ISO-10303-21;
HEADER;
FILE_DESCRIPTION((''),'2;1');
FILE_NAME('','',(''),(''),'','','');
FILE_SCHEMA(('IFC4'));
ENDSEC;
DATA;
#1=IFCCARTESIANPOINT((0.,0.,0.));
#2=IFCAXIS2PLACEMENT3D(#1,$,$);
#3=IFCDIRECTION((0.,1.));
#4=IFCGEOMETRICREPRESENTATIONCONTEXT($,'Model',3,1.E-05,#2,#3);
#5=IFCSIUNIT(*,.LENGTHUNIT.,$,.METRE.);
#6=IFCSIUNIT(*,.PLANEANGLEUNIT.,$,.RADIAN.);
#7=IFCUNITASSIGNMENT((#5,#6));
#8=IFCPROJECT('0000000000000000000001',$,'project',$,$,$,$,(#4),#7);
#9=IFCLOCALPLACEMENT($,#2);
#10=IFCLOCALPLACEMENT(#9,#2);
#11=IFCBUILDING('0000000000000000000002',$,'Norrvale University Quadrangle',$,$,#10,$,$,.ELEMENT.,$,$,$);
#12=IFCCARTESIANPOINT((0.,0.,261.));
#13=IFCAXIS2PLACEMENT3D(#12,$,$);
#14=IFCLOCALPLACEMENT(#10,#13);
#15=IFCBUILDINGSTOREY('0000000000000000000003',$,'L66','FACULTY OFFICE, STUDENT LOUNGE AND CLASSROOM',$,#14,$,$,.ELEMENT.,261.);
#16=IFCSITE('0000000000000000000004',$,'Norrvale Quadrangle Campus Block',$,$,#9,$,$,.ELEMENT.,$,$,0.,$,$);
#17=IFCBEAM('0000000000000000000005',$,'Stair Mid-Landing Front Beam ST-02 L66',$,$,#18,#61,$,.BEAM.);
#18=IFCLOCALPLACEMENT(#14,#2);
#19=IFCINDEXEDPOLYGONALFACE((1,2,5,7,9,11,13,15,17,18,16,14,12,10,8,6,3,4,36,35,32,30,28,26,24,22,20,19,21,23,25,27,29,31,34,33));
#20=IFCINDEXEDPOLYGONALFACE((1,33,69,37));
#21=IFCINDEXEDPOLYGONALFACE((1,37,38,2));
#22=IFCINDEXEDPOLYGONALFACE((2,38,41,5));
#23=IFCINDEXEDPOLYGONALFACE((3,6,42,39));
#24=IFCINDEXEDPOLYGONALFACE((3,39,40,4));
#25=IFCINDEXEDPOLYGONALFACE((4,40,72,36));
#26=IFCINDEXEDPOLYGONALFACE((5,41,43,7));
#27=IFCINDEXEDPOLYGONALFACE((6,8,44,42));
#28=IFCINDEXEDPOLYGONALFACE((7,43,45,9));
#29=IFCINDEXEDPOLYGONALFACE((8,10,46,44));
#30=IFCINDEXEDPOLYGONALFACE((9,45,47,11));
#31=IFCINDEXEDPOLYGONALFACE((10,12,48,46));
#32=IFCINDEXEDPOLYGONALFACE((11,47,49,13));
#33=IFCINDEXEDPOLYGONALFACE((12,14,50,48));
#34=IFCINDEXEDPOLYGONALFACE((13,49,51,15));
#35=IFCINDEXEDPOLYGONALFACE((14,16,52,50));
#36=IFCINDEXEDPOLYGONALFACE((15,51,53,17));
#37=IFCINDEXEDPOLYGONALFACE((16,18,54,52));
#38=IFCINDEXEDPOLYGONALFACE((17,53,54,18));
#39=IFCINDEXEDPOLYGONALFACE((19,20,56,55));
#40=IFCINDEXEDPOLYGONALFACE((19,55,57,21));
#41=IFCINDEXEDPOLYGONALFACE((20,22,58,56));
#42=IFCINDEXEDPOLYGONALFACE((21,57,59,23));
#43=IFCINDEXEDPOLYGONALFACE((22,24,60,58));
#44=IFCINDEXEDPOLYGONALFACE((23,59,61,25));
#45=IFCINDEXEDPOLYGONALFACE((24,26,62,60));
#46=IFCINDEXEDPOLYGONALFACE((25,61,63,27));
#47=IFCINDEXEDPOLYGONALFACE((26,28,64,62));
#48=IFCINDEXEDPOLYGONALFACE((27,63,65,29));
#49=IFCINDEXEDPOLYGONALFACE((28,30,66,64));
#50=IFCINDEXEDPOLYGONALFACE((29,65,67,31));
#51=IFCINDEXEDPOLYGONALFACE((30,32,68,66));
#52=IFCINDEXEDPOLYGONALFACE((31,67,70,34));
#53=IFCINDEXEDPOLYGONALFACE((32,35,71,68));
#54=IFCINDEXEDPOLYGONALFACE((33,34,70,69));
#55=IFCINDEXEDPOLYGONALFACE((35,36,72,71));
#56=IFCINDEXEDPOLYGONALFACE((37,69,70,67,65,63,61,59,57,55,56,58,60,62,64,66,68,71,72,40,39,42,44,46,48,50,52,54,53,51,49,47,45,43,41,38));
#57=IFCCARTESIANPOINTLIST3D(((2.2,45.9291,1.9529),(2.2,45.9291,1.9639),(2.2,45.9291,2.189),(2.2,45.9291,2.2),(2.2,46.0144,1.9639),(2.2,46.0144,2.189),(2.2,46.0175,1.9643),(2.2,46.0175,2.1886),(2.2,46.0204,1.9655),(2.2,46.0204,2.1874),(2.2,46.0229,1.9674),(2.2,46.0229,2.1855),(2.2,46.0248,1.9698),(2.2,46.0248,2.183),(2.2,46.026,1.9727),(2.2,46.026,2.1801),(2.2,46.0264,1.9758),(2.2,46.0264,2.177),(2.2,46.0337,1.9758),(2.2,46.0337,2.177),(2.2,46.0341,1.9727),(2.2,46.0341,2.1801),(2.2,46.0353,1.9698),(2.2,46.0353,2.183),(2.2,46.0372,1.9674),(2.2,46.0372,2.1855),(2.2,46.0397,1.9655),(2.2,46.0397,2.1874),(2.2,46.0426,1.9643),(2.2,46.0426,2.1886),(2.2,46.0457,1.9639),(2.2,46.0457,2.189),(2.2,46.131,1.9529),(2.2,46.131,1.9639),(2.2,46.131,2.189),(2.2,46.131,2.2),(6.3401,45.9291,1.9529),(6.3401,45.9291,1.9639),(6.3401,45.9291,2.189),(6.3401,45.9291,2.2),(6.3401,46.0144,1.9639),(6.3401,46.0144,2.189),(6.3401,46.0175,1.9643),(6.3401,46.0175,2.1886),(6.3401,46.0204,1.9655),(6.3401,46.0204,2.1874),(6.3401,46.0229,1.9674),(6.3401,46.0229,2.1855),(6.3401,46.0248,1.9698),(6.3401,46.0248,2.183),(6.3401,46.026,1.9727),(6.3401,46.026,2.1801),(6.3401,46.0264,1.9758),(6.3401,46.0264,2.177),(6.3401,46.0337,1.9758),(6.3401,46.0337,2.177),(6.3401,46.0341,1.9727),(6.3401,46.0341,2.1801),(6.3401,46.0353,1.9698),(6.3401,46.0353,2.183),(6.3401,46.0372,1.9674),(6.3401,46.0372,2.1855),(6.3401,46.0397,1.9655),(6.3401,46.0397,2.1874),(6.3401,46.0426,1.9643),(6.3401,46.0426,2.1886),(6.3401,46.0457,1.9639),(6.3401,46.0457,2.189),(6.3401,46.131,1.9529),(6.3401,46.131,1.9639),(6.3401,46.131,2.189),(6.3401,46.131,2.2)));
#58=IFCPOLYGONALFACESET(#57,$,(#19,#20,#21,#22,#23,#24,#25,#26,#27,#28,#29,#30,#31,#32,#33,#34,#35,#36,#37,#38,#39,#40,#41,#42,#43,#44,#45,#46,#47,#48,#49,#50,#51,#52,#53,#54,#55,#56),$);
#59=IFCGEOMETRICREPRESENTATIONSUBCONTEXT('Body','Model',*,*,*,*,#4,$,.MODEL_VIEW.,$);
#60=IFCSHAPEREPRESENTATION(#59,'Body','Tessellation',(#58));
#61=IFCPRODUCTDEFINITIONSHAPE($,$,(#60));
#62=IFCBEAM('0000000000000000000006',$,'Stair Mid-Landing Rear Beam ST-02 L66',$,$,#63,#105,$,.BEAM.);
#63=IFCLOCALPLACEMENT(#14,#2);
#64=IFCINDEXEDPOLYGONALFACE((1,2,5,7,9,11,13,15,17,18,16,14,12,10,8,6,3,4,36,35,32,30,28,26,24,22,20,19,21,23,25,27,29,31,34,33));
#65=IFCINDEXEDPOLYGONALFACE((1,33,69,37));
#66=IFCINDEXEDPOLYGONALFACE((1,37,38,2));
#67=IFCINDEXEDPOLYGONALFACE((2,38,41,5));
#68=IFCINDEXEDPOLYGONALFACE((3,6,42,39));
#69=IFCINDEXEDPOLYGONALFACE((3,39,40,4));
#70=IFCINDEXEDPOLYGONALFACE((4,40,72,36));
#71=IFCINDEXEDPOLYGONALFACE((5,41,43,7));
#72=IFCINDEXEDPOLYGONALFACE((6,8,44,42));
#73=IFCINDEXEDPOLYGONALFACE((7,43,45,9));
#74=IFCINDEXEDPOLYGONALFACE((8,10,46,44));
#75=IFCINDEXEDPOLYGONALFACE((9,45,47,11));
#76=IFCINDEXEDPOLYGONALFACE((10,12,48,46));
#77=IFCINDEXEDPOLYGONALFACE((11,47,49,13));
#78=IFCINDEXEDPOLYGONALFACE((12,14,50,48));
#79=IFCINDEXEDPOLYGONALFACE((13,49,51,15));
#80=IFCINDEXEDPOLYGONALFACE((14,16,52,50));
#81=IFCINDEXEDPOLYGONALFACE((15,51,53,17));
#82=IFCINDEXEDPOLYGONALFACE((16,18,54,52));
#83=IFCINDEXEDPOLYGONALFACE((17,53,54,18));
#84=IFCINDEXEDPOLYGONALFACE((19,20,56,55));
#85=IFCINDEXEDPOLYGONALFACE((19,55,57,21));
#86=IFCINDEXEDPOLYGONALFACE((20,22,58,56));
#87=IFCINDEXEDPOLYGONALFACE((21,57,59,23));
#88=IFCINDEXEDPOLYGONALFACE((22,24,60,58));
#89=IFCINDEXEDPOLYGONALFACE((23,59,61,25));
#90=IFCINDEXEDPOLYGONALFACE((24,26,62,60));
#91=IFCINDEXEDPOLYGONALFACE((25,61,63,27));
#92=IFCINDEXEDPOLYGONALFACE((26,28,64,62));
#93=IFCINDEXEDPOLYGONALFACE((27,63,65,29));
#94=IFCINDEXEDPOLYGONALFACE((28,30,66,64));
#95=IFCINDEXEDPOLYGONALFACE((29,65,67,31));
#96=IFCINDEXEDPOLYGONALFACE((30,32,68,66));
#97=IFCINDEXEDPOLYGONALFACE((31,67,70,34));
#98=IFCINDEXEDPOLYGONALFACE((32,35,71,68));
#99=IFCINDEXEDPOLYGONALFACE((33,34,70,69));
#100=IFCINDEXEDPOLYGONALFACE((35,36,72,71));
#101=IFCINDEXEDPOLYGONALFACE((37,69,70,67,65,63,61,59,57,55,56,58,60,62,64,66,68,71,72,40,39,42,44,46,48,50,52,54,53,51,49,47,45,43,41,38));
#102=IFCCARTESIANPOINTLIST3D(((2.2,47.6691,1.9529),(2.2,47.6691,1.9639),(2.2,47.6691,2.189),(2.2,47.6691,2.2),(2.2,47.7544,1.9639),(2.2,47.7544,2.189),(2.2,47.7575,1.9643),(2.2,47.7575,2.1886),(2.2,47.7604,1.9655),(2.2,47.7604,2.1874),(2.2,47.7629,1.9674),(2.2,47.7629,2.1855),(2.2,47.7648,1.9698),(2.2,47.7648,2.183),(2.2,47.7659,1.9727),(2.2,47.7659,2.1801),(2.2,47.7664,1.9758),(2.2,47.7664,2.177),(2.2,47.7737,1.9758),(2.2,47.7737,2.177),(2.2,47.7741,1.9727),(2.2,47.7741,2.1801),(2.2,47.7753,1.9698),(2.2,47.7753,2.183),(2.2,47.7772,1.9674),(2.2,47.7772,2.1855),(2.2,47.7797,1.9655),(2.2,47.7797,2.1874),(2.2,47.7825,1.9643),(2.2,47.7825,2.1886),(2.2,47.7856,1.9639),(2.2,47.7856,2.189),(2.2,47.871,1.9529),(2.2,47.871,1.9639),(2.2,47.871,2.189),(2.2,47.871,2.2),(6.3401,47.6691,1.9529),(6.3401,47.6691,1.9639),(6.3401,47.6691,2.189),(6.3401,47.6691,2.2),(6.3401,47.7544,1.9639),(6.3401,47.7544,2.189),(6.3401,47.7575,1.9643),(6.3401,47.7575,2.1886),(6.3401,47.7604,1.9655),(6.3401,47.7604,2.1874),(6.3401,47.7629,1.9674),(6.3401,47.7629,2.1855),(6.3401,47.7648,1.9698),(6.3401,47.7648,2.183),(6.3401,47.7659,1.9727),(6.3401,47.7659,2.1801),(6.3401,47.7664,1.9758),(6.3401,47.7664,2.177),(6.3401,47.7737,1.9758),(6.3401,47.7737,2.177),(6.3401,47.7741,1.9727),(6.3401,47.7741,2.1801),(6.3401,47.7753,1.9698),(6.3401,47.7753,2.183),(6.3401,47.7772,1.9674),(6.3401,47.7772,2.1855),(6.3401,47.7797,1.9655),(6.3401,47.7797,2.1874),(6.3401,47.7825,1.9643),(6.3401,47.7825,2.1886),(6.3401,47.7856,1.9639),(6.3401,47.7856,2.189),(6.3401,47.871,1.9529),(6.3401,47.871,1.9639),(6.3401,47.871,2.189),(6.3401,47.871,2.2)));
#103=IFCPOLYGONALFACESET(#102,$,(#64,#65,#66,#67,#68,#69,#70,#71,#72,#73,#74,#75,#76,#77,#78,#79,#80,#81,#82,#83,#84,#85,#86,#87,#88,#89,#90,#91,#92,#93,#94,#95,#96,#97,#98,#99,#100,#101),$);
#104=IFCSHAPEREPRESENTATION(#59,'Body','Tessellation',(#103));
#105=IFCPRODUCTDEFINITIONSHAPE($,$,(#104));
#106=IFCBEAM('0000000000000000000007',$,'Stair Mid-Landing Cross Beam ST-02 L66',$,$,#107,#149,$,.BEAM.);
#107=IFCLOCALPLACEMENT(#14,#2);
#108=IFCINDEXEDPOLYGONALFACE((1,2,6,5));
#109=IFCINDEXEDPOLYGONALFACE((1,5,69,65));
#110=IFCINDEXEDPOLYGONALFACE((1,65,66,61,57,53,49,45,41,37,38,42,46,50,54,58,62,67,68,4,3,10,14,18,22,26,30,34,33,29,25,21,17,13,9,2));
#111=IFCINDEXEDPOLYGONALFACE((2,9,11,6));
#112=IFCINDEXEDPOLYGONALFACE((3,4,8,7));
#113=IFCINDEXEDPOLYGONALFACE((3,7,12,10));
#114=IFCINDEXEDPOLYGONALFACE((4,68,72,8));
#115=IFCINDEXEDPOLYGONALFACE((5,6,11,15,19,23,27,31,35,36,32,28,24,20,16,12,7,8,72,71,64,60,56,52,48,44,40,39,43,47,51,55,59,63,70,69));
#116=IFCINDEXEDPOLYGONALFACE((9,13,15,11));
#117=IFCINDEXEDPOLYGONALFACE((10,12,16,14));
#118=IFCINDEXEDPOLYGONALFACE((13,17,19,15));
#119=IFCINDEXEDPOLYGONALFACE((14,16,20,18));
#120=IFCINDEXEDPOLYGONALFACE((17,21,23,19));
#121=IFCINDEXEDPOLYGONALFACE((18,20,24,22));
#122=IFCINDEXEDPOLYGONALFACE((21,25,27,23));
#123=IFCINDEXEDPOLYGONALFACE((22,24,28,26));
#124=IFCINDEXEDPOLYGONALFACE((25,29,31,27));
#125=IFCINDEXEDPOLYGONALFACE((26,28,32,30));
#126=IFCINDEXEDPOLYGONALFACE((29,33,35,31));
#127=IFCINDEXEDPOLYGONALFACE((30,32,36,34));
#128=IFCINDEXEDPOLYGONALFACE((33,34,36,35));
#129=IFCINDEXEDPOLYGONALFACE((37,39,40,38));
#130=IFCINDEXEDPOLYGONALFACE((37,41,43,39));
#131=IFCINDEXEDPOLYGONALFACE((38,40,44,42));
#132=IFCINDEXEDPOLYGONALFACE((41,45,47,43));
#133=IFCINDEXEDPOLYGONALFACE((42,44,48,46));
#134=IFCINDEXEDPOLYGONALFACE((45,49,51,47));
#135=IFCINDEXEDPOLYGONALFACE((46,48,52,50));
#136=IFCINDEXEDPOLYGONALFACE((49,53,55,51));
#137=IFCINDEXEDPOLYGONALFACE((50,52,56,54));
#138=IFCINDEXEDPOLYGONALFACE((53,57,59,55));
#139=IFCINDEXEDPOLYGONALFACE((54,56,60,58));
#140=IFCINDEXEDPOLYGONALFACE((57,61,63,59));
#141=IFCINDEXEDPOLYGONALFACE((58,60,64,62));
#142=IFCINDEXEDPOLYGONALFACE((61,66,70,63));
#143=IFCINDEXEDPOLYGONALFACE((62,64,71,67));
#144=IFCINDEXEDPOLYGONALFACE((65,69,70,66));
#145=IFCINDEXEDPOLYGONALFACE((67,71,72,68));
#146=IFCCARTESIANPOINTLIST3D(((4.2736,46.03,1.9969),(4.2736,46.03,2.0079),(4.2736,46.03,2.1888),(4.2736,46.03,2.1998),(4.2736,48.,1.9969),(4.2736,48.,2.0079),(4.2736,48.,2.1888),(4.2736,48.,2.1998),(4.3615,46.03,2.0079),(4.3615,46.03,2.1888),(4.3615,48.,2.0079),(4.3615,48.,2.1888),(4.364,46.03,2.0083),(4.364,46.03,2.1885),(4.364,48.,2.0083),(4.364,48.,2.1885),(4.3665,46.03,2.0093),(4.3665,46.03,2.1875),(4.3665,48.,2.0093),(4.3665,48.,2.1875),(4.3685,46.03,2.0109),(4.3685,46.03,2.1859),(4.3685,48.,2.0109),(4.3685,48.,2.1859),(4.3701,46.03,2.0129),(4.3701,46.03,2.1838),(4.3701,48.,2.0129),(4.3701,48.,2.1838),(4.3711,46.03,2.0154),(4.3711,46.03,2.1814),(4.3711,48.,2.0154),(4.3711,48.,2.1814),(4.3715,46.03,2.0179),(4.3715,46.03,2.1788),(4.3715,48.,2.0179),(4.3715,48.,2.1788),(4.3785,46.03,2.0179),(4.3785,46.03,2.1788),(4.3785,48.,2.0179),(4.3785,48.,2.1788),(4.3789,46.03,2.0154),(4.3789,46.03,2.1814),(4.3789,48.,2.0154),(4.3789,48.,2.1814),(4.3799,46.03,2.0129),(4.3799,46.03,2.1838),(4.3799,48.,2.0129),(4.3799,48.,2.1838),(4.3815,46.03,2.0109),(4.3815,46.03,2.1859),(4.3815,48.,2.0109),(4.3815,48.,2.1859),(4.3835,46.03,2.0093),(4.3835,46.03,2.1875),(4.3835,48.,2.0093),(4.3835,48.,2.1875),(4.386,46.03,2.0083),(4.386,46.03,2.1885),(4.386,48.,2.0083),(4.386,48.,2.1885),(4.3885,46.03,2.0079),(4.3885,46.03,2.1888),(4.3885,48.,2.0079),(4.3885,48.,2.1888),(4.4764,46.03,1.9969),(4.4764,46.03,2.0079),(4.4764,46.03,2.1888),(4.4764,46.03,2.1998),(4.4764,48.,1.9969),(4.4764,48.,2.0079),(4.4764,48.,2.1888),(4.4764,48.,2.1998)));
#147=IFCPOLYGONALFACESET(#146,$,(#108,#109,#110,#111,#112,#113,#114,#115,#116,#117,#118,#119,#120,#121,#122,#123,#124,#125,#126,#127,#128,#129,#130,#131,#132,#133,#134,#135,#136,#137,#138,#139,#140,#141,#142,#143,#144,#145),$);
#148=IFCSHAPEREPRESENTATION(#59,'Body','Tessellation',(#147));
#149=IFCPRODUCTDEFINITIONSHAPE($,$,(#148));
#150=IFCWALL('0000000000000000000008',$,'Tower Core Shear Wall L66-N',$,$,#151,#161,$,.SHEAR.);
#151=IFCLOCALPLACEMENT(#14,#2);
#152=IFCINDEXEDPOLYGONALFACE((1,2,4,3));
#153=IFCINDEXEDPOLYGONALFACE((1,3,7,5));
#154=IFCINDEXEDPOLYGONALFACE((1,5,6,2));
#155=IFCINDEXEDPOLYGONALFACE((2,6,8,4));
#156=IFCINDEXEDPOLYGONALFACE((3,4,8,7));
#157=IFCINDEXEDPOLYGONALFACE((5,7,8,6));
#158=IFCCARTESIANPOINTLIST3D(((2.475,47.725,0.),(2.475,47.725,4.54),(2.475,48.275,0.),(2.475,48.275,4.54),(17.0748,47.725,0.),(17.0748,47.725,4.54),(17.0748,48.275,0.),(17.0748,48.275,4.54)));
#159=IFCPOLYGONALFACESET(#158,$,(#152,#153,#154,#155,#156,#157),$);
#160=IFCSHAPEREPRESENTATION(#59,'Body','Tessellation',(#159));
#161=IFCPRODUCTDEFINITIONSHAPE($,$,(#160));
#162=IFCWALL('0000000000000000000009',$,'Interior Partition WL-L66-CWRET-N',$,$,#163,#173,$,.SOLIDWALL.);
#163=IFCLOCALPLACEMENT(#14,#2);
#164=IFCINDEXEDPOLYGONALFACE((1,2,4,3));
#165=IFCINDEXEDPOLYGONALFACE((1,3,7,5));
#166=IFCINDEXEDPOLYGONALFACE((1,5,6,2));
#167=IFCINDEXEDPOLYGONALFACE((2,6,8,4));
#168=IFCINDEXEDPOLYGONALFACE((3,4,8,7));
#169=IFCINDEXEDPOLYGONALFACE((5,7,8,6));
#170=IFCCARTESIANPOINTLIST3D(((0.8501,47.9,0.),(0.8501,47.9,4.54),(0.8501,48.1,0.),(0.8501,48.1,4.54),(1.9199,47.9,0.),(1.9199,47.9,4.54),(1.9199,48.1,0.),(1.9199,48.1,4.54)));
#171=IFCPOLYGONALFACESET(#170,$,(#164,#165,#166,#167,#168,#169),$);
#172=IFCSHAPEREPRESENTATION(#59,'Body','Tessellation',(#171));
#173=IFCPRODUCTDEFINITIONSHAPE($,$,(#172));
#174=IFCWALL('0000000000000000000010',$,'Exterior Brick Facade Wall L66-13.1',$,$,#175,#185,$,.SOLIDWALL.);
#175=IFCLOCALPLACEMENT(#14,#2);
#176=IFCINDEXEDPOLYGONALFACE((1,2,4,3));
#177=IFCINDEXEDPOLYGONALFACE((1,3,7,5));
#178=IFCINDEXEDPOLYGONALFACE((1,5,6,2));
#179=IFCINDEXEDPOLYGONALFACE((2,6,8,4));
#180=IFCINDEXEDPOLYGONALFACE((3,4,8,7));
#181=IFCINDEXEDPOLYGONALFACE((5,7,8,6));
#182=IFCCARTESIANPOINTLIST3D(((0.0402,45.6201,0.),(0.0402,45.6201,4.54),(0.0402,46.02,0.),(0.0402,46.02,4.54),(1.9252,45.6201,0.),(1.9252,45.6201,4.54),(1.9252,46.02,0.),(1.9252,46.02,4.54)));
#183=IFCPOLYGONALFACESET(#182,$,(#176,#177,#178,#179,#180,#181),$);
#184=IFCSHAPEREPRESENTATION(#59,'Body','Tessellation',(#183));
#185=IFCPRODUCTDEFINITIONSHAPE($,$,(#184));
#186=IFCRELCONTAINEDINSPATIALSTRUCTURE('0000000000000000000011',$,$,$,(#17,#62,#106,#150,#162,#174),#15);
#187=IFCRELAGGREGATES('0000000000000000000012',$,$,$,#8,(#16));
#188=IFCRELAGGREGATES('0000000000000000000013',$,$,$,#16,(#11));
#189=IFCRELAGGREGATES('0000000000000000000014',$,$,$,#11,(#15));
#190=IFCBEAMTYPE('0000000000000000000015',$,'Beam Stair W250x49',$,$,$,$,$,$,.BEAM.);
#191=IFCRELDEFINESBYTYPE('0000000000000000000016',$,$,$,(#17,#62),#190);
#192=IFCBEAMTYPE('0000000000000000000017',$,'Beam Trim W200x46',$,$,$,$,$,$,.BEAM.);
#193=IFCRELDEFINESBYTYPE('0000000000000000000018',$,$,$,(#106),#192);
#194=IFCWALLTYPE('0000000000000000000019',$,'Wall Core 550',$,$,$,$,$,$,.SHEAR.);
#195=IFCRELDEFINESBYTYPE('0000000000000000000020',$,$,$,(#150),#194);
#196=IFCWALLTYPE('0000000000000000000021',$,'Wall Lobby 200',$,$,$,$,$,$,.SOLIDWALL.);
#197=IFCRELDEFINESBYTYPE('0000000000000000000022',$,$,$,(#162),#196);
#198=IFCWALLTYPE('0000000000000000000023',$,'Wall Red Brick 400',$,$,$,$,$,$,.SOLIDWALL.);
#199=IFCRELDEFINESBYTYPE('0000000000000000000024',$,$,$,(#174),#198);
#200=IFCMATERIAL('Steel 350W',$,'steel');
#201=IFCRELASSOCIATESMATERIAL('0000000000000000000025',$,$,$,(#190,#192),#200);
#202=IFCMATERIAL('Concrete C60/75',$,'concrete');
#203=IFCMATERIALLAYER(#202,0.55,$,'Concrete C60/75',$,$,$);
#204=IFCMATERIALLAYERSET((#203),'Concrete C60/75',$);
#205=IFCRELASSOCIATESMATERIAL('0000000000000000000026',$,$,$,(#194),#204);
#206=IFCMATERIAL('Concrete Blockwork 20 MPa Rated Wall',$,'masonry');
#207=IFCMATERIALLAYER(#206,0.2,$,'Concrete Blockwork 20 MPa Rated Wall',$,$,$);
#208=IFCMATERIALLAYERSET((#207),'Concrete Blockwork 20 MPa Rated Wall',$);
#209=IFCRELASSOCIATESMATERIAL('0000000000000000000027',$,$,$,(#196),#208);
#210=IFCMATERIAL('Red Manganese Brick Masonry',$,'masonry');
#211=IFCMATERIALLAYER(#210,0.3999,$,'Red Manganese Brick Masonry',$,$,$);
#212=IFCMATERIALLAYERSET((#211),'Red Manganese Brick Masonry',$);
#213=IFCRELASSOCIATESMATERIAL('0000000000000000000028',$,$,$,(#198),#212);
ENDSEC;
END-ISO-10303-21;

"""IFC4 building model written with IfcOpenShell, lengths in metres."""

from ifc_helpers import new_model, si_unit, direction, frame, frame_2d, origin, origin_2d, place, context, subcontext, project, spatial, rectangle, i_section, extrude, material, layer, layer_set, material_profile, profile_set, type_object, element, save


model = new_model("IFC4")

# Units and contexts
model_context = context("Model", 3, precision=1e-05, world=origin(), true_north=direction((0.0, 1.0)))
body_context = subcontext(model_context, "Body", "Model", "MODEL_VIEW")
ifc_project = project(units=[si_unit("LENGTHUNIT", "METRE"), si_unit("PLANEANGLEUNIT", "RADIAN")], contexts=[model_context])

# Site, building, storey
site_placement = place(None, origin())
site = spatial("IfcSite", under=ifc_project, at=site_placement, Name="Norrvale Quadrangle Campus Block", CompositionType="ELEMENT", RefElevation=0.0)
building_placement = place(site_placement, origin())
building = spatial("IfcBuilding", under=site, at=building_placement, Name="Norrvale University Quadrangle", CompositionType="ELEMENT")
storey_placement = place(building_placement, frame((0.0, 0.0, 261.0)))
storey = spatial("IfcBuildingStorey", under=building, at=storey_placement, Name="L66", Description="FACULTY OFFICE, STUDENT LOUNGE AND CLASSROOM", CompositionType="ELEMENT", Elevation=261.0)

# Beams
ifc_material_1 = material(Name="Steel 350W", Category="steel")
ifc_material_profile_1 = material_profile(ifc_material_1, i_section(OverallWidth=0.2019, OverallDepth=0.2471, WebThickness=0.0073, FlangeThickness=0.011, FilletRadius=0.012, at=origin_2d()), Name="Steel 350W")
ifc_profile_set_1 = profile_set([ifc_material_profile_1], Name="Steel 350W")
beam_type_1 = type_object("IfcBeamType", Name="Beam Stair W250x49", PredefinedType="BEAM", material=ifc_profile_set_1)
for number, where, z_axis, x_axis, name in (
    (1, (2.2, 46.03, 2.0764), (1.0, 0.0, 0.0), (0.0, 1.0, 0.0), "Stair Mid-Landing Front Beam ST-02 L66"),
    (2, (2.2, 47.77, 2.0764), (1.0, 0.0, 0.0), (0.0, 1.0, 0.0), "Stair Mid-Landing Rear Beam ST-02 L66"),
):
    element("IfcBeam", number, at=place(storey_placement, frame(where, z_axis=z_axis, x_axis=x_axis)), inside=storey, type_object=beam_type_1, Name=name, PredefinedType="BEAM", context=body_context, shape_type="SweptSolid", body=[
        extrude(i_section(OverallWidth=0.2019, OverallDepth=0.2471, WebThickness=0.0073, FlangeThickness=0.011, FilletRadius=0.012, at=origin_2d()), origin(), (0.0, 0.0, 1.0), 4.1401),
    ])
ifc_material_profile_2 = material_profile(ifc_material_1, i_section(OverallWidth=0.2029, OverallDepth=0.2029, WebThickness=0.0071, FlangeThickness=0.011, FilletRadius=0.01, at=origin_2d()), Name="Steel 350W")
ifc_profile_set_2 = profile_set([ifc_material_profile_2], Name="Steel 350W")
beam_type_2 = type_object("IfcBeamType", Name="Beam Trim W200x46", PredefinedType="BEAM", material=ifc_profile_set_2)
beam_placement = place(storey_placement, frame((4.375, 46.03, 2.0984), z_axis=(0.0, 1.0, 0.0), x_axis=(-1.0, 0.0, 0.0)))
element("IfcBeam", 3, at=beam_placement, inside=storey, type_object=beam_type_2, Name="Stair Mid-Landing Cross Beam ST-02 L66", PredefinedType="BEAM", context=body_context, shape_type="SweptSolid", body=[
    extrude(i_section(OverallWidth=0.2029, OverallDepth=0.2029, WebThickness=0.0071, FlangeThickness=0.011, FilletRadius=0.01, at=origin_2d()), origin(), (0.0, 0.0, 1.0), 1.97),
])

# Wall
ifc_material_2 = material(Name="Concrete C60/75", Category="concrete")
ifc_layer_1 = layer(ifc_material_2, 0.55, Name="Concrete C60/75")
ifc_layer_set_1 = layer_set([ifc_layer_1], Name="Concrete C60/75")
wall_type_1 = type_object("IfcWallType", Name="Wall Core 550", PredefinedType="SHEAR", material=ifc_layer_set_1)
wall_1_placement = place(storey_placement, frame((2.4751, 48.0, 0.0), z_axis=(0.0, 0.0, 1.0), x_axis=(1.0, 0.0, 0.0)))
element("IfcWall", 4, at=wall_1_placement, inside=storey, type_object=wall_type_1, Name="Tower Core Shear Wall L66-N", PredefinedType="SHEAR", context=body_context, shape_type="SweptSolid", body=[
    extrude(rectangle(XDim=14.5999, YDim=0.55, at=frame_2d((7.2998, 0.0))), origin(), (0.0, 0.0, 1.0), 4.54),
])

# Walls
ifc_material_3 = material(Name="Concrete Blockwork 20 MPa Rated Wall", Category="masonry")
ifc_layer_2 = layer(ifc_material_3, 0.2, Name="Concrete Blockwork 20 MPa Rated Wall")
ifc_layer_set_2 = layer_set([ifc_layer_2], Name="Concrete Blockwork 20 MPa Rated Wall")
wall_type_2 = type_object("IfcWallType", Name="Wall Lobby 200", PredefinedType="SOLIDWALL", material=ifc_layer_set_2)
wall_2_placement = place(storey_placement, frame((0.8501, 48.0, 0.0), z_axis=(0.0, 0.0, 1.0), x_axis=(1.0, 0.0, 0.0)))
element("IfcWall", 5, at=wall_2_placement, inside=storey, type_object=wall_type_2, Name="Interior Partition WL-L66-CWRET-N", PredefinedType="SOLIDWALL", context=body_context, shape_type="SweptSolid", body=[
    extrude(rectangle(XDim=1.0698, YDim=0.2, at=frame_2d((0.5349, 0.0))), origin(), (0.0, 0.0, 1.0), 4.54),
])
ifc_material_4 = material(Name="Red Manganese Brick Masonry", Category="masonry")
ifc_layer_3 = layer(ifc_material_4, 0.3999, Name="Red Manganese Brick Masonry")
ifc_layer_set_3 = layer_set([ifc_layer_3], Name="Red Manganese Brick Masonry")
wall_type_3 = type_object("IfcWallType", Name="Wall Red Brick 400", PredefinedType="SOLIDWALL", material=ifc_layer_set_3)
wall_3_placement = place(storey_placement, frame((1.925, 45.8201, 0.0), z_axis=(0.0, 0.0, 1.0), x_axis=(-1.0, 0.0, 0.0)))
element("IfcWall", 6, at=wall_3_placement, inside=storey, type_object=wall_type_3, Name="Exterior Brick Facade Wall L66-13.1", PredefinedType="SOLIDWALL", context=body_context, shape_type="SweptSolid", body=[
    extrude(rectangle(XDim=1.885, YDim=0.3999, at=frame_2d((0.9424, 0.0))), origin(), (0.0, 0.0, 1.0), 4.54),
])

save(model, "model.ifc")
